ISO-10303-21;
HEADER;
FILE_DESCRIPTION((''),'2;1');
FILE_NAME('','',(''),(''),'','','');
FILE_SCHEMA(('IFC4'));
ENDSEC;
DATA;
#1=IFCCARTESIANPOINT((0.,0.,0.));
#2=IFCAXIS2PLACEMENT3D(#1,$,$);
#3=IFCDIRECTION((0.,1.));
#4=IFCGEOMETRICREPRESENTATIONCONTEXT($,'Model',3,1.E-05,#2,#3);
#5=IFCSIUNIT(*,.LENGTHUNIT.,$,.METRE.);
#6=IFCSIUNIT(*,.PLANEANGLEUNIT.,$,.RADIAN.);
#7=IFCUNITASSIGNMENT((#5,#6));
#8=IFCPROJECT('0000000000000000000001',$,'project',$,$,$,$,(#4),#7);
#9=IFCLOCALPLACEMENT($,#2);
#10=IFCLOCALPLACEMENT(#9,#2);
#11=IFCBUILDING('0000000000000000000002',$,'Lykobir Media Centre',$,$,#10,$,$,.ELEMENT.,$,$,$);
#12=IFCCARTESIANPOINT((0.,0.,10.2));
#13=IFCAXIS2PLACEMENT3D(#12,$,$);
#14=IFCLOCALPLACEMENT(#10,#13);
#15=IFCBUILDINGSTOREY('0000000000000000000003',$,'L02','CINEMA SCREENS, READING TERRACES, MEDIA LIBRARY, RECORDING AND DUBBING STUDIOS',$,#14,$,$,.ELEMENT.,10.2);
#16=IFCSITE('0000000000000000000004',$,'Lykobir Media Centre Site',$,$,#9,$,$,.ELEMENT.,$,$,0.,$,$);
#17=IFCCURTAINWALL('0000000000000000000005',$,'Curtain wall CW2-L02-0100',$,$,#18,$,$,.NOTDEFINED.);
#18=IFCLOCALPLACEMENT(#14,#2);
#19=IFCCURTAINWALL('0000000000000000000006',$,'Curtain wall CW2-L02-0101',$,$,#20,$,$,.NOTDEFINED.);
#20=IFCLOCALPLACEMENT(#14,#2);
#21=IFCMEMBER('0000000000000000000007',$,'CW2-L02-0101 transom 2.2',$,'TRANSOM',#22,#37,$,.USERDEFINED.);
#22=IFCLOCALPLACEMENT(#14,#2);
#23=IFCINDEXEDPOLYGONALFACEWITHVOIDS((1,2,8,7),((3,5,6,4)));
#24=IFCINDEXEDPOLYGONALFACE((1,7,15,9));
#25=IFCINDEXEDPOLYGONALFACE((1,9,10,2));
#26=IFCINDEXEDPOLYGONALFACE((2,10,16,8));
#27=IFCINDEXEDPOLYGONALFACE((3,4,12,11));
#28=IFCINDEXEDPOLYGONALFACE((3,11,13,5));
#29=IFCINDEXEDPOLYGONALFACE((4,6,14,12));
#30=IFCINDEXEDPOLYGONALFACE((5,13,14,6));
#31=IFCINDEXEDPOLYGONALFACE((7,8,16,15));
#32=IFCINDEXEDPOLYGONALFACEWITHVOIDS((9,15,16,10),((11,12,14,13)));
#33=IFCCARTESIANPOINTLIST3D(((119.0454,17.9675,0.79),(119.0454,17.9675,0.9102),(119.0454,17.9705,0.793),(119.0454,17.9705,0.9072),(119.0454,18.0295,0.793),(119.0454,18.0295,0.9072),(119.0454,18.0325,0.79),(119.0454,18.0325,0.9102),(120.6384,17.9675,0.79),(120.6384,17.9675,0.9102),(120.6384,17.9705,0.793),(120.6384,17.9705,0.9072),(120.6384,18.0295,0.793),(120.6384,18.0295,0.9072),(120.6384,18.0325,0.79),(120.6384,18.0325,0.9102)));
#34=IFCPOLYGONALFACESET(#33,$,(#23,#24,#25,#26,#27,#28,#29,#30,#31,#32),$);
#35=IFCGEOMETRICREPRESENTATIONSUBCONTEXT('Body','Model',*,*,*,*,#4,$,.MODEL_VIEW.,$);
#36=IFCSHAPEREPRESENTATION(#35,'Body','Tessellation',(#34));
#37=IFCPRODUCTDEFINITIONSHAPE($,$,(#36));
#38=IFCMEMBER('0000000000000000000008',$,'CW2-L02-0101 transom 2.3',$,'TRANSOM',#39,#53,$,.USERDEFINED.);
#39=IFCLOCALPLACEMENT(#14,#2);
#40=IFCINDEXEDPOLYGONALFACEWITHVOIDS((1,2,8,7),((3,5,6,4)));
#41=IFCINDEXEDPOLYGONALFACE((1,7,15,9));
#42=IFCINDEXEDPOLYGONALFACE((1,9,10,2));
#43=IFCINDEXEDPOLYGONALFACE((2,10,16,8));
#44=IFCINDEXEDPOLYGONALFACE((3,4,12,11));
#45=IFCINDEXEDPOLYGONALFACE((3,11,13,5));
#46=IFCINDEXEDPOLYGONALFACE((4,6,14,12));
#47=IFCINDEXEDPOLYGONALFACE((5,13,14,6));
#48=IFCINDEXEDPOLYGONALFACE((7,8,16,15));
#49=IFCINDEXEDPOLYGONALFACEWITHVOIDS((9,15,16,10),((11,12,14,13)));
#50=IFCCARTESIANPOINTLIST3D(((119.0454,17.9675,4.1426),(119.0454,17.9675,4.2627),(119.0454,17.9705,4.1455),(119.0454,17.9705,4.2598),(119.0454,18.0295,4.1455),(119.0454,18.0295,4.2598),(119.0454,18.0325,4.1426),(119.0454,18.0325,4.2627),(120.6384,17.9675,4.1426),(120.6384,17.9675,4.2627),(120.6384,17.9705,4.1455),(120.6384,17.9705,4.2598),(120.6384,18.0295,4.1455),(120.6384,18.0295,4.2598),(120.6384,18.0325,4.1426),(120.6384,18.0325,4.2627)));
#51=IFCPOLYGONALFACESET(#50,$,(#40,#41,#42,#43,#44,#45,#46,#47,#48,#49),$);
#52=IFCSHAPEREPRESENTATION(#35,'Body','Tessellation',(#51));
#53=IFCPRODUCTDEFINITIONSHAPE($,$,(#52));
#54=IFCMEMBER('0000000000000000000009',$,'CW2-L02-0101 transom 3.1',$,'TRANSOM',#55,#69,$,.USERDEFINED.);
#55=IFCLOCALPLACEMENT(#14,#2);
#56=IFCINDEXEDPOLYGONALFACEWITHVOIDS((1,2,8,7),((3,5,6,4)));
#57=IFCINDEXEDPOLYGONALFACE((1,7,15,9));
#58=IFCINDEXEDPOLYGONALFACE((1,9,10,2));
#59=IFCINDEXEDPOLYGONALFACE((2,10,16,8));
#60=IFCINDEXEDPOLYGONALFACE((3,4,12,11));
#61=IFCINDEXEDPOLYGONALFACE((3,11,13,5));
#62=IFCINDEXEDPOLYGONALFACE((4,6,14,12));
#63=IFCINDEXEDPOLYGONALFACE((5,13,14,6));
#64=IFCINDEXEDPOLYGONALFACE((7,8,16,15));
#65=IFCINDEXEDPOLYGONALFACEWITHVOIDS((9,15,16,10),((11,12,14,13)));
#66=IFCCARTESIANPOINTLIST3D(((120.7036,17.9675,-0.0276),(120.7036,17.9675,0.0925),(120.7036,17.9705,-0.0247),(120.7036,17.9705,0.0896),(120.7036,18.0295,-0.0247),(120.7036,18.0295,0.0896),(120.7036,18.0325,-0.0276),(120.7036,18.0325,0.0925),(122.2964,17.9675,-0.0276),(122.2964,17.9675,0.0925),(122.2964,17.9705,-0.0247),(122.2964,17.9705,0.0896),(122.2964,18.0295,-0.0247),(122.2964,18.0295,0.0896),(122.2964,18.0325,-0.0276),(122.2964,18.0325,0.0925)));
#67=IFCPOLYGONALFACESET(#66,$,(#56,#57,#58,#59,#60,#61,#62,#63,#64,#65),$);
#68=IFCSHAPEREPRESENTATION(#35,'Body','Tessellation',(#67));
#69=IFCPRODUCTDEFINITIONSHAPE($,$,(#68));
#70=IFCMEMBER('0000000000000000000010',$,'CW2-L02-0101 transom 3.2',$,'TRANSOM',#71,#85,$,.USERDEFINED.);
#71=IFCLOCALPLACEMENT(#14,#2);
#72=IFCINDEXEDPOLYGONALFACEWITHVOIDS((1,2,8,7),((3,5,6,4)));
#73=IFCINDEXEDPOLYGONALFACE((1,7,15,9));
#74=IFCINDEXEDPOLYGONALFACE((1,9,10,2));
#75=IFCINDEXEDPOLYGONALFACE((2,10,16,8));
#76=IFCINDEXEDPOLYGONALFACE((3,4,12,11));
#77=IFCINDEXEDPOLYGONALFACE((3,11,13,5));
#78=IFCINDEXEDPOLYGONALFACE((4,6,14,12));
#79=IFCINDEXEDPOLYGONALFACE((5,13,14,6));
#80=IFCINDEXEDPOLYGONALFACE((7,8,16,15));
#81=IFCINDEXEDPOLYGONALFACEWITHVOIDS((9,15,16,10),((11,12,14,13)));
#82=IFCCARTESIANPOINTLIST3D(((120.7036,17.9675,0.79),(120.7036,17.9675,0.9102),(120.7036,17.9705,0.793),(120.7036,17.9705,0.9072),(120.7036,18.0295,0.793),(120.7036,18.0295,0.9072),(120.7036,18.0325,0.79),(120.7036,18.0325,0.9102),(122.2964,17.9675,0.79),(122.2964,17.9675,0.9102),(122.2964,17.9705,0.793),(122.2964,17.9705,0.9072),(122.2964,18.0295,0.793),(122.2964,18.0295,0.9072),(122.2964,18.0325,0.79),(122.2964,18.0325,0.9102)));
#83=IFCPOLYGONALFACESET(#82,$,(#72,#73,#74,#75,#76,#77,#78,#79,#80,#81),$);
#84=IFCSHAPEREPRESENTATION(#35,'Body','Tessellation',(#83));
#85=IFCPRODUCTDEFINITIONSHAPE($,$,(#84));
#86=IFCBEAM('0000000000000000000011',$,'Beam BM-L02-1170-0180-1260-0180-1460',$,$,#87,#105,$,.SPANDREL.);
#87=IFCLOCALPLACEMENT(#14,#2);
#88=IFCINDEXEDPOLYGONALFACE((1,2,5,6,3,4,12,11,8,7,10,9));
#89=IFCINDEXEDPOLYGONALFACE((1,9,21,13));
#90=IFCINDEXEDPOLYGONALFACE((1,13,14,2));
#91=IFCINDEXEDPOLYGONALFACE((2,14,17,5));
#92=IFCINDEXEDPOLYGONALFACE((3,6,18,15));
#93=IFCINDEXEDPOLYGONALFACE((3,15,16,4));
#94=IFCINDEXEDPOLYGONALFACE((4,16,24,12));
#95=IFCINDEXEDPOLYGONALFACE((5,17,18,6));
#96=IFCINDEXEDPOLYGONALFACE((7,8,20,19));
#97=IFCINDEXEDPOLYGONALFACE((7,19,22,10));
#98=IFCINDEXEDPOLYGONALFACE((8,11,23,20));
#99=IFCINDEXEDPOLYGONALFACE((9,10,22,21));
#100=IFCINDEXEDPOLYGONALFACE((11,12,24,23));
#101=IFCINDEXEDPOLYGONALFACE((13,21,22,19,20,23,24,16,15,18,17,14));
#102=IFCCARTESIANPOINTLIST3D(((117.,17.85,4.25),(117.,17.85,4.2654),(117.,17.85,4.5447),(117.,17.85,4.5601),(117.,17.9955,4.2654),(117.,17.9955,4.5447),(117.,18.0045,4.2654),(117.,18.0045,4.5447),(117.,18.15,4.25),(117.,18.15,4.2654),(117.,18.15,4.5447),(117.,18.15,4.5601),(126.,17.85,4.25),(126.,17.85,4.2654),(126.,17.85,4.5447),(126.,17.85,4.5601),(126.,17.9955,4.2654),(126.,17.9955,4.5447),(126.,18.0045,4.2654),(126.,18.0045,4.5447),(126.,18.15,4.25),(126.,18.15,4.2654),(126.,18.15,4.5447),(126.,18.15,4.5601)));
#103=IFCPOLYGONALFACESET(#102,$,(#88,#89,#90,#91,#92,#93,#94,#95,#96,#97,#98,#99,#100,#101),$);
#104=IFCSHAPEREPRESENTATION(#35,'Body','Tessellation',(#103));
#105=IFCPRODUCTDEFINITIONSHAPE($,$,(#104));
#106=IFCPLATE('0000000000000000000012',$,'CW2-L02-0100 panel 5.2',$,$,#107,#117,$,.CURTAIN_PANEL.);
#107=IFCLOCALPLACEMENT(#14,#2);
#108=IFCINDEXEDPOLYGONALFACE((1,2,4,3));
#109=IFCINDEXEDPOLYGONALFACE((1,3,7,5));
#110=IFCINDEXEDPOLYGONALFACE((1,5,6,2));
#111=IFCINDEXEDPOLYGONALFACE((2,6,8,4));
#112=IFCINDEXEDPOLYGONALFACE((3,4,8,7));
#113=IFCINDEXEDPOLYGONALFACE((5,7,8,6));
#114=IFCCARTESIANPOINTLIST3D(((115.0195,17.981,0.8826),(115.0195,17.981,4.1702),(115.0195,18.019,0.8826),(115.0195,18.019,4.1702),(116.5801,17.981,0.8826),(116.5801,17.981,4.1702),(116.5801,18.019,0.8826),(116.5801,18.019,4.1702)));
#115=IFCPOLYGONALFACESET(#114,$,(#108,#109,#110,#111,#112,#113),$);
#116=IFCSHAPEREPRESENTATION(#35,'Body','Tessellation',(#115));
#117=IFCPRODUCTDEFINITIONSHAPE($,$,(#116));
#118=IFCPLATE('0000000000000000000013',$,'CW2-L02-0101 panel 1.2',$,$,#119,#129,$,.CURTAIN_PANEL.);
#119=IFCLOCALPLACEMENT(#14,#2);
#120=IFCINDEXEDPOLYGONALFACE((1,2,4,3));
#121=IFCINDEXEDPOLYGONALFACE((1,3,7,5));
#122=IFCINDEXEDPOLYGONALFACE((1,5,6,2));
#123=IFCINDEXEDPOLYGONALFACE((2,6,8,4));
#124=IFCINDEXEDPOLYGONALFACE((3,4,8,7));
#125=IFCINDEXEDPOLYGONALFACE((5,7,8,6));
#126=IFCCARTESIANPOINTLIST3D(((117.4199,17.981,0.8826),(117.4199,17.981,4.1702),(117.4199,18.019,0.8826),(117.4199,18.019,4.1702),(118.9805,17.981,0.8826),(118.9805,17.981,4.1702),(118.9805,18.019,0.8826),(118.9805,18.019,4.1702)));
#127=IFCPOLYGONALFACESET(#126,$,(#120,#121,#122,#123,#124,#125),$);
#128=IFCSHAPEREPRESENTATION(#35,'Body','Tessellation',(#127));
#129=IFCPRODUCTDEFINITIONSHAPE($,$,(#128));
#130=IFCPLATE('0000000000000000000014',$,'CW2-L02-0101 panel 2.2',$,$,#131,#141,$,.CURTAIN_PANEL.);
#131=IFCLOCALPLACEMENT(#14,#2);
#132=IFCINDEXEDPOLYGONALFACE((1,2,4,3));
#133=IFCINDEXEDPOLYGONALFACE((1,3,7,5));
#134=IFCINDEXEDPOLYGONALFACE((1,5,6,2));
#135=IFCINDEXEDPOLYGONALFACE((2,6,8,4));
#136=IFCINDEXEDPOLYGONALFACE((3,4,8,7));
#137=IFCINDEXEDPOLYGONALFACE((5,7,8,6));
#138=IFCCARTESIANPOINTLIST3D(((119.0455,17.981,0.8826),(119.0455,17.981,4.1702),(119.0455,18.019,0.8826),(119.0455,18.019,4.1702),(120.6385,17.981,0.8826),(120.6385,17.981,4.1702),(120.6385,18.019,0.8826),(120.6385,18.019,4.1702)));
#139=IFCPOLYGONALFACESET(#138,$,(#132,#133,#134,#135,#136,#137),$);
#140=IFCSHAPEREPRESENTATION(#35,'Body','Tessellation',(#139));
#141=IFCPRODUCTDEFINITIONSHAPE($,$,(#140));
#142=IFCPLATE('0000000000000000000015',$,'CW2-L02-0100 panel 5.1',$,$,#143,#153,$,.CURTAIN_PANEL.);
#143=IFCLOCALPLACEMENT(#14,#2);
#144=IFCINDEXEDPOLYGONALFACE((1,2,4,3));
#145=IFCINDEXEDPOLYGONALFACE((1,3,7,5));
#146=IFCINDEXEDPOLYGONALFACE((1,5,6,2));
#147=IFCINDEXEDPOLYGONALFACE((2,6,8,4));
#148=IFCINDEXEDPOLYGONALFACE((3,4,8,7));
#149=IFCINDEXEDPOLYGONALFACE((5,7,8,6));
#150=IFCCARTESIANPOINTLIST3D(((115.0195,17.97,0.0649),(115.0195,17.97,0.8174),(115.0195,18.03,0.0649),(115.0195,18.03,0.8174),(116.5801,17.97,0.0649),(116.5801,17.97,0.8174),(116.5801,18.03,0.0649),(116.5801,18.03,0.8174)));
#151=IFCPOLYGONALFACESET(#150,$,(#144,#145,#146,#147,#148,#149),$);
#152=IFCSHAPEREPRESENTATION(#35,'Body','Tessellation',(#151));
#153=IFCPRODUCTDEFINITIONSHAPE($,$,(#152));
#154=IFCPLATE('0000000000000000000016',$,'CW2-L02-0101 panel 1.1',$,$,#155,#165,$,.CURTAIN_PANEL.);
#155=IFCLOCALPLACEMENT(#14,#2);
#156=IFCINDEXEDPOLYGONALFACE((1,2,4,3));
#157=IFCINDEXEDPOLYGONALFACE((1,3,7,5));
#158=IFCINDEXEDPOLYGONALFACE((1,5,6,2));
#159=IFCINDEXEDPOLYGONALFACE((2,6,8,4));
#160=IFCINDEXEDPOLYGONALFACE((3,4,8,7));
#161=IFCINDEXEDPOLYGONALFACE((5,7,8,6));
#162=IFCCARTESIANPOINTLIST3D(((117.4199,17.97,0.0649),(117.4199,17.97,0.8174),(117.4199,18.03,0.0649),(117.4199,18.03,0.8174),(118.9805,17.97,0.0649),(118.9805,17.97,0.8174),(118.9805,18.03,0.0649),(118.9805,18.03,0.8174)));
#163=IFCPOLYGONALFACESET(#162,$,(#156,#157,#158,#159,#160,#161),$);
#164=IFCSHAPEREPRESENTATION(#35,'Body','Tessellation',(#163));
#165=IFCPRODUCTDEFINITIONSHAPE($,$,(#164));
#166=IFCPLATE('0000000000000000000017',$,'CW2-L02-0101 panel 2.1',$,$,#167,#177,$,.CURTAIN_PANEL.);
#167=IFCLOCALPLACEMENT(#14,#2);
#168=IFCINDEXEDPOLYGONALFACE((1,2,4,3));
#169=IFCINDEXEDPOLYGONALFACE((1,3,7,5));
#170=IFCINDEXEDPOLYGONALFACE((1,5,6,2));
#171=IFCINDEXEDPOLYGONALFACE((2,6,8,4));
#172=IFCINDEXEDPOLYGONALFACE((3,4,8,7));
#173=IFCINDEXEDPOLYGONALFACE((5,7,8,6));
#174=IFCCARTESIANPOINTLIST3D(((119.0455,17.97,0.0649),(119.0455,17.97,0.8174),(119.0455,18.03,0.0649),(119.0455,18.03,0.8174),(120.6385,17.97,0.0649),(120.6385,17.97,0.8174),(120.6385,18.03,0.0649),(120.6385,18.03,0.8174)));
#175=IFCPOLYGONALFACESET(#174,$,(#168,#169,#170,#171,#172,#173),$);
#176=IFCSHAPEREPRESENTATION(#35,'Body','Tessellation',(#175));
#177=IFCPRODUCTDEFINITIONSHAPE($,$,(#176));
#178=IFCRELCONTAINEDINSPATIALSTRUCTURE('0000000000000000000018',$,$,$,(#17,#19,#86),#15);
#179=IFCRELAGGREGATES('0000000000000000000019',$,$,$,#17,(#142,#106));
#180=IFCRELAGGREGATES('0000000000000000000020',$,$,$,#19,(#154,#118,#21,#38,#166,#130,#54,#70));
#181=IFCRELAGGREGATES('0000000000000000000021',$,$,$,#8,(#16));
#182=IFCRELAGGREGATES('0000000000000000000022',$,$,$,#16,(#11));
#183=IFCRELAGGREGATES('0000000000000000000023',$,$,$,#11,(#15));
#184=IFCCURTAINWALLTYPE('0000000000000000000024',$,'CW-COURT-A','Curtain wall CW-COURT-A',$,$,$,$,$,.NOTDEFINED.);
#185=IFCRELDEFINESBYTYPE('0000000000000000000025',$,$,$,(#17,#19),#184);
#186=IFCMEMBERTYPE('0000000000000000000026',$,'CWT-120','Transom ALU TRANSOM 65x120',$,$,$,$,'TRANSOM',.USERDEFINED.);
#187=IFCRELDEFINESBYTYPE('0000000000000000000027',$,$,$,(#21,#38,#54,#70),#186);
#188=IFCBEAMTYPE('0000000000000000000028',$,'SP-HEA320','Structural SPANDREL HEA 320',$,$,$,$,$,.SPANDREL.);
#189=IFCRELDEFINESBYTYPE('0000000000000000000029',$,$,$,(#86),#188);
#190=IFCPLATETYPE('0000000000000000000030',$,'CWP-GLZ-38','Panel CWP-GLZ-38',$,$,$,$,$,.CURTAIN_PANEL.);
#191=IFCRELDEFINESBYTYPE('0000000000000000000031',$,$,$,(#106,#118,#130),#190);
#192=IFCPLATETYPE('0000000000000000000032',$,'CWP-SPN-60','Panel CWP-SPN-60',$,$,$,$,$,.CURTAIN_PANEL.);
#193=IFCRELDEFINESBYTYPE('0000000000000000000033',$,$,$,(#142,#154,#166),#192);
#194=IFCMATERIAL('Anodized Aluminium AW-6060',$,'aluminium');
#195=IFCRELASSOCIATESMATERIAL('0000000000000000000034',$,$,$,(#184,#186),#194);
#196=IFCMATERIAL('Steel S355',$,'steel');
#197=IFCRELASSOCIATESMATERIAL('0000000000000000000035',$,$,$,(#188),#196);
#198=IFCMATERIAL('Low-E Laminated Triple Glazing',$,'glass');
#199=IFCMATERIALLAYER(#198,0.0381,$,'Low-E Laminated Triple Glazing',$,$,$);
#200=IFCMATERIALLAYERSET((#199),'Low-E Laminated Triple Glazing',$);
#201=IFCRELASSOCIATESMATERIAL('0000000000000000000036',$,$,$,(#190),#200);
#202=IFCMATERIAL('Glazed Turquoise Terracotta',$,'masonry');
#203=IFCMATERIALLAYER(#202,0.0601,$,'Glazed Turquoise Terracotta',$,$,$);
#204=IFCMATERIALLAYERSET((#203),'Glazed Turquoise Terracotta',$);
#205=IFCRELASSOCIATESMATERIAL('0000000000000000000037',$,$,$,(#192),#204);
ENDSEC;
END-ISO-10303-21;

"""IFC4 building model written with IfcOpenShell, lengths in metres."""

from ifc_helpers import new_model, si_unit, direction, frame, origin, origin_2d, place, context, subcontext, project, spatial, rectangle, hollow_rectangle, i_section, extrude, material, layer, layer_set, material_profile, profile_set, type_object, element, aggregate, save


model = new_model("IFC4")

# Units and contexts
model_context = context("Model", 3, precision=1e-05, world=origin(), true_north=direction((0.0, 1.0)))
body_context = subcontext(model_context, "Body", "Model", "MODEL_VIEW")
ifc_project = project(units=[si_unit("LENGTHUNIT", "METRE"), si_unit("PLANEANGLEUNIT", "RADIAN")], contexts=[model_context])

# Site, building, storey
site_placement = place(None, origin())
site = spatial("IfcSite", under=ifc_project, at=site_placement, Name="Lykobir Media Centre Site", CompositionType="ELEMENT", RefElevation=0.0)
building_placement = place(site_placement, origin())
building = spatial("IfcBuilding", under=site, at=building_placement, Name="Lykobir Media Centre", CompositionType="ELEMENT")
storey_placement = place(building_placement, frame((0.0, 0.0, 10.2)))
storey = spatial("IfcBuildingStorey", under=building, at=storey_placement, Name="L02", Description="CINEMA SCREENS, READING TERRACES, MEDIA LIBRARY, RECORDING AND DUBBING STUDIOS", CompositionType="ELEMENT", Elevation=10.2)

# Curtain wall
ifc_material_1 = material(Name="Anodized Aluminium AW-6060", Category="aluminium")
curtain_wall_type = type_object("IfcCurtainWallType", Name="CW-COURT-A", Description="Curtain wall CW-COURT-A", PredefinedType="NOTDEFINED", material=ifc_material_1)
curtain_wall_1_placement = place(storey_placement, origin())
curtain_wall_1 = element("IfcCurtainWall", 1, at=curtain_wall_1_placement, inside=storey, type_object=curtain_wall_type, Name="Curtain wall CW2-L02-0100", PredefinedType="NOTDEFINED")

# Curtain wall
curtain_wall_2_placement = place(storey_placement, origin())
curtain_wall_2 = element("IfcCurtainWall", 2, at=curtain_wall_2_placement, inside=storey, type_object=curtain_wall_type, Name="Curtain wall CW2-L02-0101", PredefinedType="NOTDEFINED")

# Members
ifc_material_profile_1 = material_profile(ifc_material_1, hollow_rectangle(XDim=0.0649, YDim=0.1201, WallThickness=0.0029, at=origin_2d()), Name="ALU TRANSOM 65x120")
ifc_profile_set_1 = profile_set([ifc_material_profile_1], Name="Anodized Aluminium AW-6060")
member_type_1 = type_object("IfcMemberType", Name="CWT-120", Description="Transom ALU TRANSOM 65x120", ElementType="TRANSOM", PredefinedType="USERDEFINED", material=ifc_profile_set_1)
member_1_placement = place(storey_placement, frame((119.0454, 18.0, 0.8501), z_axis=(1.0, 0.0, 0.0), x_axis=(0.0, 1.0, 0.0)))
member_1 = element("IfcMember", 3, at=member_1_placement, type_object=member_type_1, Name="CW2-L02-0101 transom 2.2", ObjectType="TRANSOM", PredefinedType="USERDEFINED", context=body_context, shape_type="SweptSolid", body=[
    extrude(hollow_rectangle(XDim=0.0649, YDim=0.1201, WallThickness=0.0029, at=origin_2d()), origin(), (0.0, 0.0, 1.0), 1.593),
])
member_2_placement = place(storey_placement, frame((119.0454, 18.0, 4.2026), z_axis=(1.0, 0.0, 0.0), x_axis=(0.0, 1.0, 0.0)))
member_2 = element("IfcMember", 4, at=member_2_placement, type_object=member_type_1, Name="CW2-L02-0101 transom 2.3", ObjectType="TRANSOM", PredefinedType="USERDEFINED", context=body_context, shape_type="SweptSolid", body=[
    extrude(hollow_rectangle(XDim=0.0649, YDim=0.1201, WallThickness=0.0029, at=origin_2d()), origin(), (0.0, 0.0, 1.0), 1.593),
])
member_3_placement = place(storey_placement, frame((120.7036, 18.0, 0.0325), z_axis=(1.0, 0.0, 0.0), x_axis=(0.0, 1.0, 0.0)))
member_3 = element("IfcMember", 5, at=member_3_placement, type_object=member_type_1, Name="CW2-L02-0101 transom 3.1", ObjectType="TRANSOM", PredefinedType="USERDEFINED", context=body_context, shape_type="SweptSolid", body=[
    extrude(hollow_rectangle(XDim=0.0649, YDim=0.1201, WallThickness=0.0029, at=origin_2d()), origin(), (0.0, 0.0, 1.0), 1.5928),
])
member_4_placement = place(storey_placement, frame((120.7036, 18.0, 0.8501), z_axis=(1.0, 0.0, 0.0), x_axis=(0.0, 1.0, 0.0)))
member_4 = element("IfcMember", 6, at=member_4_placement, type_object=member_type_1, Name="CW2-L02-0101 transom 3.2", ObjectType="TRANSOM", PredefinedType="USERDEFINED", context=body_context, shape_type="SweptSolid", body=[
    extrude(hollow_rectangle(XDim=0.0649, YDim=0.1201, WallThickness=0.0029, at=origin_2d()), origin(), (0.0, 0.0, 1.0), 1.5928),
])

# Beam
ifc_material_2 = material(Name="Steel S355", Category="steel")
ifc_material_profile_2 = material_profile(ifc_material_2, i_section(OverallWidth=0.3, OverallDepth=0.3101, WebThickness=0.009, FlangeThickness=0.0154, at=origin_2d()), Name="HEA 320")
ifc_profile_set_2 = profile_set([ifc_material_profile_2], Name="Steel S355")
beam_type = type_object("IfcBeamType", Name="SP-HEA320", Description="Structural SPANDREL HEA 320", PredefinedType="SPANDREL", material=ifc_profile_set_2)
beam_placement = place(storey_placement, frame((117.0, 18.0, 4.405), z_axis=(1.0, 0.0, 0.0), x_axis=(0.0, 1.0, 0.0)))
element("IfcBeam", 7, at=beam_placement, inside=storey, type_object=beam_type, Name="Beam BM-L02-1170-0180-1260-0180-1460", PredefinedType="SPANDREL", context=body_context, shape_type="SweptSolid", body=[
    extrude(i_section(OverallWidth=0.3, OverallDepth=0.3101, WebThickness=0.009, FlangeThickness=0.0154, at=origin_2d()), origin(), (0.0, 0.0, 1.0), 9.0),
])

# Plates
ifc_material_3 = material(Name="Low-E Laminated Triple Glazing", Category="glass")
ifc_layer_1 = layer(ifc_material_3, 0.0381, Name="Low-E Laminated Triple Glazing")
ifc_layer_set_1 = layer_set([ifc_layer_1], Name="Low-E Laminated Triple Glazing")
plate_type_1 = type_object("IfcPlateType", Name="CWP-GLZ-38", Description="Panel CWP-GLZ-38", PredefinedType="CURTAIN_PANEL", material=ifc_layer_set_1)
plate_1_placement = place(storey_placement, frame((115.7998, 18.0, 0.8826), z_axis=(0.0, 0.0, 1.0), x_axis=(1.0, 0.0, 0.0)))
plate_1 = element("IfcPlate", 8, at=plate_1_placement, type_object=plate_type_1, Name="CW2-L02-0100 panel 5.2", PredefinedType="CURTAIN_PANEL", context=body_context, shape_type="SweptSolid", body=[
    extrude(rectangle(XDim=1.5605, YDim=0.0381, at=origin_2d()), origin(), (0.0, 0.0, 1.0), 3.2876),
])
plate_2_placement = place(storey_placement, frame((118.2002, 18.0, 0.8826), z_axis=(0.0, 0.0, 1.0), x_axis=(1.0, 0.0, 0.0)))
plate_2 = element("IfcPlate", 9, at=plate_2_placement, type_object=plate_type_1, Name="CW2-L02-0101 panel 1.2", PredefinedType="CURTAIN_PANEL", context=body_context, shape_type="SweptSolid", body=[
    extrude(rectangle(XDim=1.5605, YDim=0.0381, at=origin_2d()), origin(), (0.0, 0.0, 1.0), 3.2876),
])
plate_3_placement = place(storey_placement, frame((119.842, 18.0, 0.8826), z_axis=(0.0, 0.0, 1.0), x_axis=(1.0, 0.0, 0.0)))
plate_3 = element("IfcPlate", 10, at=plate_3_placement, type_object=plate_type_1, Name="CW2-L02-0101 panel 2.2", PredefinedType="CURTAIN_PANEL", context=body_context, shape_type="SweptSolid", body=[
    extrude(rectangle(XDim=1.593, YDim=0.0381, at=origin_2d()), origin(), (0.0, 0.0, 1.0), 3.2876),
])
ifc_material_4 = material(Name="Glazed Turquoise Terracotta", Category="masonry")
ifc_layer_2 = layer(ifc_material_4, 0.0601, Name="Glazed Turquoise Terracotta")
ifc_layer_set_2 = layer_set([ifc_layer_2], Name="Glazed Turquoise Terracotta")
plate_type_2 = type_object("IfcPlateType", Name="CWP-SPN-60", Description="Panel CWP-SPN-60", PredefinedType="CURTAIN_PANEL", material=ifc_layer_set_2)
plate_4_placement = place(storey_placement, frame((115.7998, 18.0, 0.0649), z_axis=(0.0, 0.0, 1.0), x_axis=(1.0, 0.0, 0.0)))
plate_4 = element("IfcPlate", 11, at=plate_4_placement, type_object=plate_type_2, Name="CW2-L02-0100 panel 5.1", PredefinedType="CURTAIN_PANEL", context=body_context, shape_type="SweptSolid", body=[
    extrude(rectangle(XDim=1.5605, YDim=0.0601, at=origin_2d()), origin(), (0.0, 0.0, 1.0), 0.7524),
])
aggregate(curtain_wall_1, [plate_4, plate_1])
plate_5_placement = place(storey_placement, frame((118.2002, 18.0, 0.0649), z_axis=(0.0, 0.0, 1.0), x_axis=(1.0, 0.0, 0.0)))
plate_5 = element("IfcPlate", 12, at=plate_5_placement, type_object=plate_type_2, Name="CW2-L02-0101 panel 1.1", PredefinedType="CURTAIN_PANEL", context=body_context, shape_type="SweptSolid", body=[
    extrude(rectangle(XDim=1.5605, YDim=0.0601, at=origin_2d()), origin(), (0.0, 0.0, 1.0), 0.7524),
])
plate_6_placement = place(storey_placement, frame((119.842, 18.0, 0.0649), z_axis=(0.0, 0.0, 1.0), x_axis=(1.0, 0.0, 0.0)))
plate_6 = element("IfcPlate", 13, at=plate_6_placement, type_object=plate_type_2, Name="CW2-L02-0101 panel 2.1", PredefinedType="CURTAIN_PANEL", context=body_context, shape_type="SweptSolid", body=[
    extrude(rectangle(XDim=1.593, YDim=0.0601, at=origin_2d()), origin(), (0.0, 0.0, 1.0), 0.7524),
])
aggregate(curtain_wall_2, [plate_5, plate_2, member_1, member_2, plate_6, plate_3, member_3, member_4])

save(model, "model.ifc")
